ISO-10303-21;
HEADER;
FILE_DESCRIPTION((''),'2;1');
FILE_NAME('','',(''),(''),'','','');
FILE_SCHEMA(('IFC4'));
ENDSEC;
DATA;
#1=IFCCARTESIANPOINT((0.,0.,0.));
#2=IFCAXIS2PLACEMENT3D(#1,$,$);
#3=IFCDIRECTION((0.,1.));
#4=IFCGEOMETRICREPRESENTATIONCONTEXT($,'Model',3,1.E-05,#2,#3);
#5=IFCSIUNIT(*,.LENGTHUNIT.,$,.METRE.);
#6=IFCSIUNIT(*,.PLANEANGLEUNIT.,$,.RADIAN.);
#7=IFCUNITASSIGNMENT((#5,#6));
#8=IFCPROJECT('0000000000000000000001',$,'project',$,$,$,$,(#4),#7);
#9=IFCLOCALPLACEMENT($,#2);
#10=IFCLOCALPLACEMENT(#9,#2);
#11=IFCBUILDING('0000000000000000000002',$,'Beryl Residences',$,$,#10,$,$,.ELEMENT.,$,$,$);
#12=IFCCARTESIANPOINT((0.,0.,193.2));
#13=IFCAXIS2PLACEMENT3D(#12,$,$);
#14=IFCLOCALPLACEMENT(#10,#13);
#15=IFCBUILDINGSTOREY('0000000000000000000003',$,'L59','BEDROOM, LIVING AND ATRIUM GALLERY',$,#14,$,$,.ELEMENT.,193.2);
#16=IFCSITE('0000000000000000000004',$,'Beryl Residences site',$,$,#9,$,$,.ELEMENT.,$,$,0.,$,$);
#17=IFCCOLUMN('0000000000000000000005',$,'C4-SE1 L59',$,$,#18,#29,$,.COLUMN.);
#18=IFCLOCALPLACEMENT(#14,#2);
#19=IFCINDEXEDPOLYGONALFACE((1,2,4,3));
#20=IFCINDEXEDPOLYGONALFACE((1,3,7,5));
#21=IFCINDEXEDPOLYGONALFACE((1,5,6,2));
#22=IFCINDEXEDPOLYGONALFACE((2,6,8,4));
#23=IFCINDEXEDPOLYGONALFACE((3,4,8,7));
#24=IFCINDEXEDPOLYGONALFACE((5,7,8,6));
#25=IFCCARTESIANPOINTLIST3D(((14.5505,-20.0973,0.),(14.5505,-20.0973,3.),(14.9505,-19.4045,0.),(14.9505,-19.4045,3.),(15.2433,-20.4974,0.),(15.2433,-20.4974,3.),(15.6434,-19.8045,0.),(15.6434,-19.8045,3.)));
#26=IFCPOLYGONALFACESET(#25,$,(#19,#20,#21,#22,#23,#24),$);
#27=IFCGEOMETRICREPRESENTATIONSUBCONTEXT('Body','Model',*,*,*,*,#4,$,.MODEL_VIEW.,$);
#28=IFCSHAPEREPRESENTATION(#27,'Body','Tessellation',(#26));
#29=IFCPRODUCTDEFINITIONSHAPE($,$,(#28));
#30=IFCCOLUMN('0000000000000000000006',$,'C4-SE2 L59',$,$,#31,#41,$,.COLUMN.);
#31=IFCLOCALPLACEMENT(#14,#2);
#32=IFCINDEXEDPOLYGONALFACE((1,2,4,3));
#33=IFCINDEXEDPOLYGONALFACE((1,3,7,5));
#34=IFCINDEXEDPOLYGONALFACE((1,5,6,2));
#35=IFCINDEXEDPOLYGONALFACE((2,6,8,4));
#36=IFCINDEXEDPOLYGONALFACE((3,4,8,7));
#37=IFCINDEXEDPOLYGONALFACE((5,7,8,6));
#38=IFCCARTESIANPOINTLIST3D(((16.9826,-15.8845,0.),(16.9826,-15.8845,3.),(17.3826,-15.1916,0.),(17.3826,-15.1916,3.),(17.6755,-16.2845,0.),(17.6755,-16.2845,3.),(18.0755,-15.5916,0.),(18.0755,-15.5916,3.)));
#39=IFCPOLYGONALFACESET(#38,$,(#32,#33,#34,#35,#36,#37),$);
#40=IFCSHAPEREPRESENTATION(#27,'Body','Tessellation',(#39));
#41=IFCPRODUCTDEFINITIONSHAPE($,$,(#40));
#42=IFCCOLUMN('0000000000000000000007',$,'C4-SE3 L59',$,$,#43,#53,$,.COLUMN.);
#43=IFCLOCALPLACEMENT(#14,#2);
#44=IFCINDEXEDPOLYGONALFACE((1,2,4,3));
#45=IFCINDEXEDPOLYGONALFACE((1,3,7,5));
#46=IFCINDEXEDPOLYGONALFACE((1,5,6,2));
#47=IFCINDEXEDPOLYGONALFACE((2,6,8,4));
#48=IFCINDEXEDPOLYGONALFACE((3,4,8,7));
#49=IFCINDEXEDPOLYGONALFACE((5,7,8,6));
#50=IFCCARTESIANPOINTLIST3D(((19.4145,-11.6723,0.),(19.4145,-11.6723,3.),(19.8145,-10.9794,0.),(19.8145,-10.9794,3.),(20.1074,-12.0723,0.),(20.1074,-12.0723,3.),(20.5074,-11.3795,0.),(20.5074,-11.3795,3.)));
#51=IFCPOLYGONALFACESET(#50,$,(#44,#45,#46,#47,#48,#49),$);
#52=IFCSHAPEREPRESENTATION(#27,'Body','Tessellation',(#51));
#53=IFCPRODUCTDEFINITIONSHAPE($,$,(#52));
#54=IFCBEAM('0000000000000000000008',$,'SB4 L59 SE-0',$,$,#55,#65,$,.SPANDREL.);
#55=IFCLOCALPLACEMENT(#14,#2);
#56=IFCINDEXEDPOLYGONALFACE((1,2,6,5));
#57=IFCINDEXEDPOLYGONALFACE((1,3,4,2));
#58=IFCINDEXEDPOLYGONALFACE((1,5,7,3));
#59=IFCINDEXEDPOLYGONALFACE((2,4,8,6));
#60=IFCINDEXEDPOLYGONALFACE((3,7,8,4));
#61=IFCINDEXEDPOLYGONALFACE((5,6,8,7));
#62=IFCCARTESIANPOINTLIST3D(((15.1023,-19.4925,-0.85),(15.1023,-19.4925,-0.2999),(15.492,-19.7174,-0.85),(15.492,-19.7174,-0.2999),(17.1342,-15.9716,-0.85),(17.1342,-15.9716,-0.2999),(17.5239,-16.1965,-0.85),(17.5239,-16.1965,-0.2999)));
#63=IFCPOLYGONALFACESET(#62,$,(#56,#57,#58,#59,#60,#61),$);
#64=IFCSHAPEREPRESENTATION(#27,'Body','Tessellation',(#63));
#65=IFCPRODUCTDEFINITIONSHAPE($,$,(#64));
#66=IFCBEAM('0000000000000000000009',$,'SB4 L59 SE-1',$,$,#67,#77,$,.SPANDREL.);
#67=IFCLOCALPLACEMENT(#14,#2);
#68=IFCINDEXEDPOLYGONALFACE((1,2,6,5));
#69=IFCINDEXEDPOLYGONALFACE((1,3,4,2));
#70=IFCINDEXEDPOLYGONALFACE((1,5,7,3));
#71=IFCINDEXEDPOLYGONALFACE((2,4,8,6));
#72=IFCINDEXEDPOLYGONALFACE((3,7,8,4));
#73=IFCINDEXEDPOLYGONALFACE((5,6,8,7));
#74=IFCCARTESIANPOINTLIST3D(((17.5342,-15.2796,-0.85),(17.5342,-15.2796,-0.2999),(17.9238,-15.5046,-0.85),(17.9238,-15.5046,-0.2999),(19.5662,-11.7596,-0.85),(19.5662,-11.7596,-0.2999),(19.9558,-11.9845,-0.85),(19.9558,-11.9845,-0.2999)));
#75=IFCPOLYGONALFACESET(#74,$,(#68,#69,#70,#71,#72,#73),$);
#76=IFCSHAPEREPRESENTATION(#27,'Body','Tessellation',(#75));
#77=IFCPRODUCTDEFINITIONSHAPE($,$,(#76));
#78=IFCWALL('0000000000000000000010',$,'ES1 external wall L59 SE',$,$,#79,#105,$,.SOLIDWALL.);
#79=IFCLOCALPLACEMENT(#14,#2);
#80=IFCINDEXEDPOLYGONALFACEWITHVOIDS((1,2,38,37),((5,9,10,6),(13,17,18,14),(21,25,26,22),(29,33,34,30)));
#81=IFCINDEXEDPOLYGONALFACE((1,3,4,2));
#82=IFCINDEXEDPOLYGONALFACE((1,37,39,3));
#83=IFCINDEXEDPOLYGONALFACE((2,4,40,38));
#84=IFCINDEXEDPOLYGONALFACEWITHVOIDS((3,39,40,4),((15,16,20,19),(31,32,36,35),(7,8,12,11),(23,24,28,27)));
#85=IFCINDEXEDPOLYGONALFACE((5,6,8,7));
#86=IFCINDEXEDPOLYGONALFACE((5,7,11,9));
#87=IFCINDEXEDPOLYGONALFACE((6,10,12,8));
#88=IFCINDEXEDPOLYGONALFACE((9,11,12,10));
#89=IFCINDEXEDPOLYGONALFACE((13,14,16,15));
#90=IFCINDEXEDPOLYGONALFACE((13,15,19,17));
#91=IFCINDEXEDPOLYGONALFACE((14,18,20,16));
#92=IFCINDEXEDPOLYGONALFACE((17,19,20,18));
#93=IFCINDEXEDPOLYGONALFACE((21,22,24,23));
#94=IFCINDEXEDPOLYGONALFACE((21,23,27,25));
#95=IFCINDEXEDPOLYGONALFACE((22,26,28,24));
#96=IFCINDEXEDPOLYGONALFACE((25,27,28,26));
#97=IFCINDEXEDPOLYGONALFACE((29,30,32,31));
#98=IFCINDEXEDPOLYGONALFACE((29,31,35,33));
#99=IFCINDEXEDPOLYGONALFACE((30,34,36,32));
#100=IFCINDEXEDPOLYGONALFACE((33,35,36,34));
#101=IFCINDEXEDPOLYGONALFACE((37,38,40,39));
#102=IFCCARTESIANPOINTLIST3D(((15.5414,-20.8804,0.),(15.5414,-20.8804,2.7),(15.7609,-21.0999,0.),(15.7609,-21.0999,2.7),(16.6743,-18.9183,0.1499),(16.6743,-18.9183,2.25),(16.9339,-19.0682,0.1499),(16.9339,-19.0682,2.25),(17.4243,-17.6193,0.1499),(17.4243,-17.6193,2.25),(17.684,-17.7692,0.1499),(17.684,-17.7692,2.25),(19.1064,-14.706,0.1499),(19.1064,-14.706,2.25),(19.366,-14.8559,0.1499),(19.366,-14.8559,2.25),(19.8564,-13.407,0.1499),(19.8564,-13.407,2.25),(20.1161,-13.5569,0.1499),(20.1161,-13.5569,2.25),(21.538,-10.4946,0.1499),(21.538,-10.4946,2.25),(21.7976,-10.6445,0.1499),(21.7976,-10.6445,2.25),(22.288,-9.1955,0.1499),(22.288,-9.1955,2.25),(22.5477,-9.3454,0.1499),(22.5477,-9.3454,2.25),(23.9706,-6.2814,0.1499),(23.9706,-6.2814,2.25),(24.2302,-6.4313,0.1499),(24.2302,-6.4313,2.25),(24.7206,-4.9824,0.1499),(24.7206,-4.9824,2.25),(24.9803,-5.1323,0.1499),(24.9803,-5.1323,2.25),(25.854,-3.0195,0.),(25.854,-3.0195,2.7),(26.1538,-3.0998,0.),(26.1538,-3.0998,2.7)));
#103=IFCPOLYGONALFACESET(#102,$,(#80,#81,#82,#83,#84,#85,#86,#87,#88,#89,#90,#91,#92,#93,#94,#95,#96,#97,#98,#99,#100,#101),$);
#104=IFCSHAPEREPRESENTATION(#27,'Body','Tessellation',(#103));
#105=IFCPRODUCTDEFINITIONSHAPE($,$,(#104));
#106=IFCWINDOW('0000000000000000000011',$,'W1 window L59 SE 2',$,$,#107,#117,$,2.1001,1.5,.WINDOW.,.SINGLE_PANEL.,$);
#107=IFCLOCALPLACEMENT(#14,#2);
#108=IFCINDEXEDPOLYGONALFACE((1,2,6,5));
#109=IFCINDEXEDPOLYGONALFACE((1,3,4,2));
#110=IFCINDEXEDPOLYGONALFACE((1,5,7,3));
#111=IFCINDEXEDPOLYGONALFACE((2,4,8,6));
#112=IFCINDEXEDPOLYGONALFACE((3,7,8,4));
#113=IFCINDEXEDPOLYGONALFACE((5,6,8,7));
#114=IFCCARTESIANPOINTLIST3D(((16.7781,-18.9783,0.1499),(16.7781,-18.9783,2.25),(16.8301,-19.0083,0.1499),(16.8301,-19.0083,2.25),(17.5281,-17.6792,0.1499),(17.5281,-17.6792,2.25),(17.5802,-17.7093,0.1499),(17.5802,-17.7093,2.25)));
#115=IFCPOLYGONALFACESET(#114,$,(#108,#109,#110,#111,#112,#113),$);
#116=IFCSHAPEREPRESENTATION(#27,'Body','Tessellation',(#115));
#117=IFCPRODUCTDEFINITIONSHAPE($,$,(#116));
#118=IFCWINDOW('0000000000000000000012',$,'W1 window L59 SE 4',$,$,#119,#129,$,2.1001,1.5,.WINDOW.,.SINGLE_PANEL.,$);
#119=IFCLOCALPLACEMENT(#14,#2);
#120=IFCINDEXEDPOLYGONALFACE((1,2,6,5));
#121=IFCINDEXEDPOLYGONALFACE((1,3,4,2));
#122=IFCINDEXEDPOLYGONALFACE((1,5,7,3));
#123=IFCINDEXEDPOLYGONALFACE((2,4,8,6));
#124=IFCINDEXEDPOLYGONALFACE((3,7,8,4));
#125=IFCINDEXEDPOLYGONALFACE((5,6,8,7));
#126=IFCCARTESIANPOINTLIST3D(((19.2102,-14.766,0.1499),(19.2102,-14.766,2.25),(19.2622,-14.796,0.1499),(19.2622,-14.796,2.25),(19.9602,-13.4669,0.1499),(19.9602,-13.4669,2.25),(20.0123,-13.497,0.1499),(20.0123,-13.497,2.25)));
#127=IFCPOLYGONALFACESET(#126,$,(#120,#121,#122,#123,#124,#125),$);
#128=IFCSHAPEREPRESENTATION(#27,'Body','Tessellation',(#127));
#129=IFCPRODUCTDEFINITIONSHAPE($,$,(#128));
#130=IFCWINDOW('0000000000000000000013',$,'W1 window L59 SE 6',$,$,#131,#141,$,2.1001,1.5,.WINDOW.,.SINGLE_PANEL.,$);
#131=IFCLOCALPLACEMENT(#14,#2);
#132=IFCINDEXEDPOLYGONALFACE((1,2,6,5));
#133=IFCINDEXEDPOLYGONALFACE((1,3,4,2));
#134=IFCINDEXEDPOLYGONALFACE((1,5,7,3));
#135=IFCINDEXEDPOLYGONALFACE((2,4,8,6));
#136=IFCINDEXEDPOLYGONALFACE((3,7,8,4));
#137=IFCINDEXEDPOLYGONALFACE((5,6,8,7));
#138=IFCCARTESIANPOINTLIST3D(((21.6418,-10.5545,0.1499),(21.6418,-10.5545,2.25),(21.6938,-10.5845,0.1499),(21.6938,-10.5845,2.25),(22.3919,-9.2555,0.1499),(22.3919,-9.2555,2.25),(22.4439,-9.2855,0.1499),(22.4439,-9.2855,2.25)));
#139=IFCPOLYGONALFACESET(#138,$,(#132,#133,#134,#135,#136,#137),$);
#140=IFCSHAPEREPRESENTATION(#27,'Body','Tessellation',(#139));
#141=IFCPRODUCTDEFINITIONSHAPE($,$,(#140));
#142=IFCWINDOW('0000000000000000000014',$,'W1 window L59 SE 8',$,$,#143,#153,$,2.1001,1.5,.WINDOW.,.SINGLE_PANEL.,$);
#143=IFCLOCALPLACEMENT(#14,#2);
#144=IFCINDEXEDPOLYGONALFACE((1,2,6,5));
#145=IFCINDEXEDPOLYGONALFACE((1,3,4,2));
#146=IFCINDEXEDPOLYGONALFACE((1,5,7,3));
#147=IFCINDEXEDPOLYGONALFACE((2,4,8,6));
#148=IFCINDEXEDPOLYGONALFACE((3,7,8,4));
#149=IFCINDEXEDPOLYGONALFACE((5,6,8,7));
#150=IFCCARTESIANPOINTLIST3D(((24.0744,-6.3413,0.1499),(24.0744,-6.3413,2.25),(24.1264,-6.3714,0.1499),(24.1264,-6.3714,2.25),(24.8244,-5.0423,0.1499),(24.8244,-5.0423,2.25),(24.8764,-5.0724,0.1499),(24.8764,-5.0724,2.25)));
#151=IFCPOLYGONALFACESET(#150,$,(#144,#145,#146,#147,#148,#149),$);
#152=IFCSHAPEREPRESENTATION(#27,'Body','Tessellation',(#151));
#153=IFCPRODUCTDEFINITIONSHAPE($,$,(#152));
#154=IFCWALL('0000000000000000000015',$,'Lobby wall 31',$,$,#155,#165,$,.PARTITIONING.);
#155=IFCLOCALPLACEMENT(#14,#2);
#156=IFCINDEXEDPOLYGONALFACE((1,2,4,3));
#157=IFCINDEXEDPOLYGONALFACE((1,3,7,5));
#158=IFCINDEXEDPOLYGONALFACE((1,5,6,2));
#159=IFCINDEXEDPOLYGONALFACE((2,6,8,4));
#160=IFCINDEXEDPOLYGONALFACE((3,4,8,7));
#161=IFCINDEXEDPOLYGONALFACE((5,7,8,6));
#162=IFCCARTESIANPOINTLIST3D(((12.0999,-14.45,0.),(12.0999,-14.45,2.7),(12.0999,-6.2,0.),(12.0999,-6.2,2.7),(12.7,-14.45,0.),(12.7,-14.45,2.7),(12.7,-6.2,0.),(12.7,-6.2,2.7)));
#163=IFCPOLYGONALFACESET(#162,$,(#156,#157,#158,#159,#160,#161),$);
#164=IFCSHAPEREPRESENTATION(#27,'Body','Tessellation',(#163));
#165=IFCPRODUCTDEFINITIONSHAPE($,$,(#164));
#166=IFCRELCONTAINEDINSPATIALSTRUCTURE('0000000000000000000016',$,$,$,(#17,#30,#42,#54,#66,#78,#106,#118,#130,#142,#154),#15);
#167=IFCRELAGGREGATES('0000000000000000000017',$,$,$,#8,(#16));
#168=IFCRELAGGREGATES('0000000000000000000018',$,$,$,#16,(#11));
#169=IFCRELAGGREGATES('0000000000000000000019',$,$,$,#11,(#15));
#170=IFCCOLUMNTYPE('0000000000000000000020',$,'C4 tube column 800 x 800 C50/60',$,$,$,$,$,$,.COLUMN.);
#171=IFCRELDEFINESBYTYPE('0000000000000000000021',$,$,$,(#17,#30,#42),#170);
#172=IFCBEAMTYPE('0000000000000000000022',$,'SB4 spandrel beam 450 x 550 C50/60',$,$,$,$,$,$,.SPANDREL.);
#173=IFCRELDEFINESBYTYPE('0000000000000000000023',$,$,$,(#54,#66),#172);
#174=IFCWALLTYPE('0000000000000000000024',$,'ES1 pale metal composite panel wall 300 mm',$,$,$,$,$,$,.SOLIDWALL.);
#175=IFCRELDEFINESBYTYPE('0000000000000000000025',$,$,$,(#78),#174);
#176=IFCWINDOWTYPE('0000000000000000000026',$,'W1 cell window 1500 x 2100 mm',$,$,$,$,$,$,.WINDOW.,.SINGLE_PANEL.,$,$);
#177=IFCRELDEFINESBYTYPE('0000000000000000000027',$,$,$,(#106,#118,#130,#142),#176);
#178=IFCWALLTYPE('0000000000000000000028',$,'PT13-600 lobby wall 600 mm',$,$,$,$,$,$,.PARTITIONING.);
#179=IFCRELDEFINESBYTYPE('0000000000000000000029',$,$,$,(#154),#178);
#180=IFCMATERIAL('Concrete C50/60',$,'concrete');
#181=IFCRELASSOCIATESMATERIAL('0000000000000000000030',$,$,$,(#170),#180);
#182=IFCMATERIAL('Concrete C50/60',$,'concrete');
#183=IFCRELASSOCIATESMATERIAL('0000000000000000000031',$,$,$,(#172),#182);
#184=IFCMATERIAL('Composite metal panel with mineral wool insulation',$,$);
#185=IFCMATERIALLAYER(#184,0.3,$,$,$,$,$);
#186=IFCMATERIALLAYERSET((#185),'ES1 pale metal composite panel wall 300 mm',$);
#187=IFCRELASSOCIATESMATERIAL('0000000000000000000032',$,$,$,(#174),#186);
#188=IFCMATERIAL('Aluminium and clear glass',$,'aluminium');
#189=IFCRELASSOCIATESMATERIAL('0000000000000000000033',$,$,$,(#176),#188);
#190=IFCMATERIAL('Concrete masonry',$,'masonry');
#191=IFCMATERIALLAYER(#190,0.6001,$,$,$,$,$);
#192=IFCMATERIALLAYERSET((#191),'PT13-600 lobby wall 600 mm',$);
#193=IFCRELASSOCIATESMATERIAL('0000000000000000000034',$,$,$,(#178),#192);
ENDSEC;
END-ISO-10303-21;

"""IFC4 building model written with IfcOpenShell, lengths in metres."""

from ifc_helpers import new_model, si_unit, direction, frame, frame_2d, origin, origin_2d, place, context, subcontext, project, spatial, polyline, rectangle, outline, extrude, material, layer, layer_set, material_profile, profile_set, type_object, element, fill, save


model = new_model("IFC4")

# Units and contexts
model_context = context("Model", 3, precision=1e-05, world=origin(), true_north=direction((0.0, 1.0)))
body_context = subcontext(model_context, "Body", "Model", "MODEL_VIEW")
ifc_project = project(units=[si_unit("LENGTHUNIT", "METRE"), si_unit("PLANEANGLEUNIT", "RADIAN")], contexts=[model_context])

# Site, building, storey
site_placement = place(None, origin())
site = spatial("IfcSite", under=ifc_project, at=site_placement, Name="Beryl Residences site", CompositionType="ELEMENT", RefElevation=0.0)
building_placement = place(site_placement, origin())
building = spatial("IfcBuilding", under=site, at=building_placement, Name="Beryl Residences", CompositionType="ELEMENT")
storey_placement = place(building_placement, frame((0.0, 0.0, 193.2)))
storey = spatial("IfcBuildingStorey", under=building, at=storey_placement, Name="L59", Description="BEDROOM, LIVING AND ATRIUM GALLERY", CompositionType="ELEMENT", Elevation=193.2)

# Columns
ifc_material_1 = material(Name="Concrete C50/60", Category="concrete")
ifc_material_profile_1 = material_profile(ifc_material_1, rectangle(XDim=0.8, YDim=0.8, at=origin_2d()))
ifc_profile_set_1 = profile_set([ifc_material_profile_1], Name="Concrete C50/60")
column_type = type_object("IfcColumnType", Name="C4 tube column 800 x 800 C50/60", PredefinedType="COLUMN", material=ifc_profile_set_1)
for number, where, z_axis, x_axis, name in (
    (1, (15.0969, -19.9509, 0.0), (0.0, 0.0, 1.0), (0.5, 0.866025, 0.0), "C4-SE1 L59"),
    (2, (17.5291, -15.738, 0.0), (0.0, 0.0, 1.0), (0.5, 0.866025, 0.0), "C4-SE2 L59"),
    (3, (19.9609, -11.5259, 0.0), (0.0, 0.0, 1.0), (0.5, 0.866025, 0.0), "C4-SE3 L59"),
):
    element("IfcColumn", number, at=place(storey_placement, frame(where, z_axis=z_axis, x_axis=x_axis)), inside=storey, type_object=column_type, Name=name, PredefinedType="COLUMN", context=body_context, shape_type="SweptSolid", body=[
        extrude(rectangle(XDim=0.8, YDim=0.8, at=origin_2d()), origin(), (0.0, 0.0, 1.0), 3.0),
    ])

# Beams
ifc_material_2 = material(Name="Concrete C50/60", Category="concrete")
ifc_material_profile_2 = material_profile(ifc_material_2, rectangle(XDim=0.45, YDim=0.55, at=origin_2d()))
ifc_profile_set_2 = profile_set([ifc_material_profile_2], Name="Concrete C50/60")
beam_type = type_object("IfcBeamType", Name="SB4 spandrel beam 450 x 550 C50/60", PredefinedType="SPANDREL", material=ifc_profile_set_2)
beam_1_placement = place(storey_placement, frame((15.2971, -19.605, -0.575), z_axis=(0.49984, 0.866118, 0.0), x_axis=(-0.866118, 0.49984, 0.0)))
element("IfcBeam", 4, at=beam_1_placement, inside=storey, type_object=beam_type, Name="SB4 L59 SE-0", PredefinedType="SPANDREL", context=body_context, shape_type="SweptSolid", body=[
    extrude(rectangle(XDim=0.45, YDim=0.55, at=origin_2d()), origin(), (0.0, 0.0, 1.0), 4.0652),
])
beam_2_placement = place(storey_placement, frame((17.729, -15.3921, -0.575), z_axis=(0.499944, 0.866058, 0.0), x_axis=(-0.866058, 0.499944, 0.0)))
element("IfcBeam", 5, at=beam_2_placement, inside=storey, type_object=beam_type, Name="SB4 L59 SE-1", PredefinedType="SPANDREL", context=body_context, shape_type="SweptSolid", body=[
    extrude(rectangle(XDim=0.45, YDim=0.55, at=origin_2d()), origin(), (0.0, 0.0, 1.0), 4.0645),
])

# Wall, openings, windows
ifc_material_3 = material(Name="Composite metal panel with mineral wool insulation")
ifc_layer_1 = layer(ifc_material_3, 0.3)
ifc_layer_set_1 = layer_set([ifc_layer_1], Name="ES1 pale metal composite panel wall 300 mm")
wall_type_1 = type_object("IfcWallType", Name="ES1 pale metal composite panel wall 300 mm", PredefinedType="SOLIDWALL", material=ifc_layer_set_1)
wall_1_placement = place(storey_placement, frame((15.6311, -21.0249, 0.0), z_axis=(0.0, 0.0, 1.0), x_axis=(0.500019, 0.866015, 0.0)))
wall_1 = element("IfcWall", 6, at=wall_1_placement, inside=storey, type_object=wall_type_1, Name="ES1 external wall L59 SE", PredefinedType="SOLIDWALL", context=body_context, shape_type="SweptSolid", body=[
    extrude(outline(polyline([(0.0, -0.1499), (20.7849, -0.1499), (20.7046, 0.1499), (0.0803, 0.1499), (0.0, -0.1499)])), origin(), (0.0, 0.0, 1.0), 2.7),
])
opening_1_placement = place(wall_1_placement, frame((2.3459, 0.0, 0.1499)))
opening_1 = element("IfcOpeningElement", 7, at=opening_1_placement, cuts=wall_1, PredefinedType="OPENING", context=body_context, shape_type="SweptSolid", body=[
    extrude(rectangle(XDim=1.5, YDim=2.1001, at=frame_2d((0.75, 1.05))), frame((0.0, 0.1599, 0.0), z_axis=(0.0, -1.0, 0.0), x_axis=(1.0, 0.0, 0.0)), (0.0, 0.0, 1.0), 0.3201),
])
opening_2_placement = place(wall_1_placement, frame((7.21, 0.0, 0.1499)))
opening_2 = element("IfcOpeningElement", 8, at=opening_2_placement, cuts=wall_1, PredefinedType="OPENING", context=body_context, shape_type="SweptSolid", body=[
    extrude(rectangle(XDim=1.5, YDim=2.1001, at=frame_2d((0.75, 1.05))), frame((0.0, 0.1599, 0.0), z_axis=(0.0, -1.0, 0.0), x_axis=(1.0, 0.0, 0.0)), (0.0, 0.0, 1.0), 0.3201),
])
opening_3_placement = place(wall_1_placement, frame((12.073, 0.0, 0.1499)))
opening_3 = element("IfcOpeningElement", 9, at=opening_3_placement, cuts=wall_1, PredefinedType="OPENING", context=body_context, shape_type="SweptSolid", body=[
    extrude(rectangle(XDim=1.5, YDim=2.1001, at=frame_2d((0.75, 1.05))), frame((0.0, 0.1599, 0.0), z_axis=(0.0, -1.0, 0.0), x_axis=(1.0, 0.0, 0.0)), (0.0, 0.0, 1.0), 0.3201),
])
opening_4_placement = place(wall_1_placement, frame((16.938, 0.0, 0.1499)))
opening_4 = element("IfcOpeningElement", 10, at=opening_4_placement, cuts=wall_1, PredefinedType="OPENING", context=body_context, shape_type="SweptSolid", body=[
    extrude(rectangle(XDim=1.5, YDim=2.1001, at=frame_2d((0.75, 1.05))), frame((0.0, 0.1599, 0.0), z_axis=(0.0, -1.0, 0.0), x_axis=(1.0, 0.0, 0.0)), (0.0, 0.0, 1.0), 0.3201),
])
ifc_material_4 = material(Name="Aluminium and clear glass", Category="aluminium")
window_type = type_object("IfcWindowType", Name="W1 cell window 1500 x 2100 mm", PartitioningType="SINGLE_PANEL", PredefinedType="WINDOW", material=ifc_material_4)
window_1_placement = place(opening_1_placement, origin())
window_1 = element("IfcWindow", 11, at=window_1_placement, inside=storey, type_object=window_type, Name="W1 window L59 SE 2", OverallHeight=2.1001, OverallWidth=1.5, PartitioningType="SINGLE_PANEL", PredefinedType="WINDOW", context=body_context, shape_type="SweptSolid", body=[
    extrude(rectangle(XDim=1.5, YDim=2.1001, at=frame_2d((0.75, 1.05))), frame((0.0, 0.03, 0.0), z_axis=(0.0, -1.0, 0.0), x_axis=(1.0, 0.0, 0.0)), (0.0, 0.0, 1.0), 0.0601),
])
fill(opening_1, window_1)
window_2_placement = place(opening_2_placement, origin())
window_2 = element("IfcWindow", 12, at=window_2_placement, inside=storey, type_object=window_type, Name="W1 window L59 SE 4", OverallHeight=2.1001, OverallWidth=1.5, PartitioningType="SINGLE_PANEL", PredefinedType="WINDOW", context=body_context, shape_type="SweptSolid", body=[
    extrude(rectangle(XDim=1.5, YDim=2.1001, at=frame_2d((0.75, 1.05))), frame((0.0, 0.03, 0.0), z_axis=(0.0, -1.0, 0.0), x_axis=(1.0, 0.0, 0.0)), (0.0, 0.0, 1.0), 0.0601),
])
fill(opening_2, window_2)
window_3_placement = place(opening_3_placement, origin())
window_3 = element("IfcWindow", 13, at=window_3_placement, inside=storey, type_object=window_type, Name="W1 window L59 SE 6", OverallHeight=2.1001, OverallWidth=1.5, PartitioningType="SINGLE_PANEL", PredefinedType="WINDOW", context=body_context, shape_type="SweptSolid", body=[
    extrude(rectangle(XDim=1.5, YDim=2.1001, at=frame_2d((0.75, 1.05))), frame((0.0, 0.03, 0.0), z_axis=(0.0, -1.0, 0.0), x_axis=(1.0, 0.0, 0.0)), (0.0, 0.0, 1.0), 0.0601),
])
fill(opening_3, window_3)
window_4_placement = place(opening_4_placement, origin())
window_4 = element("IfcWindow", 14, at=window_4_placement, inside=storey, type_object=window_type, Name="W1 window L59 SE 8", OverallHeight=2.1001, OverallWidth=1.5, PartitioningType="SINGLE_PANEL", PredefinedType="WINDOW", context=body_context, shape_type="SweptSolid", body=[
    extrude(rectangle(XDim=1.5, YDim=2.1001, at=frame_2d((0.75, 1.05))), frame((0.0, 0.03, 0.0), z_axis=(0.0, -1.0, 0.0), x_axis=(1.0, 0.0, 0.0)), (0.0, 0.0, 1.0), 0.0601),
])
fill(opening_4, window_4)

# Wall
ifc_material_5 = material(Name="Concrete masonry", Category="masonry")
ifc_layer_2 = layer(ifc_material_5, 0.6001)
ifc_layer_set_2 = layer_set([ifc_layer_2], Name="PT13-600 lobby wall 600 mm")
wall_type_2 = type_object("IfcWallType", Name="PT13-600 lobby wall 600 mm", PredefinedType="PARTITIONING", material=ifc_layer_set_2)
wall_2_placement = place(storey_placement, frame((12.3999, -14.45, 0.0), z_axis=(0.0, 0.0, 1.0), x_axis=(0.0, 1.0, 0.0)))
element("IfcWall", 15, at=wall_2_placement, inside=storey, type_object=wall_type_2, Name="Lobby wall 31", PredefinedType="PARTITIONING", context=body_context, shape_type="SweptSolid", body=[
    extrude(rectangle(XDim=8.25, YDim=0.6001, at=frame_2d((4.125, 0.0))), origin(), (0.0, 0.0, 1.0), 2.7),
])

save(model, "model.ifc")
